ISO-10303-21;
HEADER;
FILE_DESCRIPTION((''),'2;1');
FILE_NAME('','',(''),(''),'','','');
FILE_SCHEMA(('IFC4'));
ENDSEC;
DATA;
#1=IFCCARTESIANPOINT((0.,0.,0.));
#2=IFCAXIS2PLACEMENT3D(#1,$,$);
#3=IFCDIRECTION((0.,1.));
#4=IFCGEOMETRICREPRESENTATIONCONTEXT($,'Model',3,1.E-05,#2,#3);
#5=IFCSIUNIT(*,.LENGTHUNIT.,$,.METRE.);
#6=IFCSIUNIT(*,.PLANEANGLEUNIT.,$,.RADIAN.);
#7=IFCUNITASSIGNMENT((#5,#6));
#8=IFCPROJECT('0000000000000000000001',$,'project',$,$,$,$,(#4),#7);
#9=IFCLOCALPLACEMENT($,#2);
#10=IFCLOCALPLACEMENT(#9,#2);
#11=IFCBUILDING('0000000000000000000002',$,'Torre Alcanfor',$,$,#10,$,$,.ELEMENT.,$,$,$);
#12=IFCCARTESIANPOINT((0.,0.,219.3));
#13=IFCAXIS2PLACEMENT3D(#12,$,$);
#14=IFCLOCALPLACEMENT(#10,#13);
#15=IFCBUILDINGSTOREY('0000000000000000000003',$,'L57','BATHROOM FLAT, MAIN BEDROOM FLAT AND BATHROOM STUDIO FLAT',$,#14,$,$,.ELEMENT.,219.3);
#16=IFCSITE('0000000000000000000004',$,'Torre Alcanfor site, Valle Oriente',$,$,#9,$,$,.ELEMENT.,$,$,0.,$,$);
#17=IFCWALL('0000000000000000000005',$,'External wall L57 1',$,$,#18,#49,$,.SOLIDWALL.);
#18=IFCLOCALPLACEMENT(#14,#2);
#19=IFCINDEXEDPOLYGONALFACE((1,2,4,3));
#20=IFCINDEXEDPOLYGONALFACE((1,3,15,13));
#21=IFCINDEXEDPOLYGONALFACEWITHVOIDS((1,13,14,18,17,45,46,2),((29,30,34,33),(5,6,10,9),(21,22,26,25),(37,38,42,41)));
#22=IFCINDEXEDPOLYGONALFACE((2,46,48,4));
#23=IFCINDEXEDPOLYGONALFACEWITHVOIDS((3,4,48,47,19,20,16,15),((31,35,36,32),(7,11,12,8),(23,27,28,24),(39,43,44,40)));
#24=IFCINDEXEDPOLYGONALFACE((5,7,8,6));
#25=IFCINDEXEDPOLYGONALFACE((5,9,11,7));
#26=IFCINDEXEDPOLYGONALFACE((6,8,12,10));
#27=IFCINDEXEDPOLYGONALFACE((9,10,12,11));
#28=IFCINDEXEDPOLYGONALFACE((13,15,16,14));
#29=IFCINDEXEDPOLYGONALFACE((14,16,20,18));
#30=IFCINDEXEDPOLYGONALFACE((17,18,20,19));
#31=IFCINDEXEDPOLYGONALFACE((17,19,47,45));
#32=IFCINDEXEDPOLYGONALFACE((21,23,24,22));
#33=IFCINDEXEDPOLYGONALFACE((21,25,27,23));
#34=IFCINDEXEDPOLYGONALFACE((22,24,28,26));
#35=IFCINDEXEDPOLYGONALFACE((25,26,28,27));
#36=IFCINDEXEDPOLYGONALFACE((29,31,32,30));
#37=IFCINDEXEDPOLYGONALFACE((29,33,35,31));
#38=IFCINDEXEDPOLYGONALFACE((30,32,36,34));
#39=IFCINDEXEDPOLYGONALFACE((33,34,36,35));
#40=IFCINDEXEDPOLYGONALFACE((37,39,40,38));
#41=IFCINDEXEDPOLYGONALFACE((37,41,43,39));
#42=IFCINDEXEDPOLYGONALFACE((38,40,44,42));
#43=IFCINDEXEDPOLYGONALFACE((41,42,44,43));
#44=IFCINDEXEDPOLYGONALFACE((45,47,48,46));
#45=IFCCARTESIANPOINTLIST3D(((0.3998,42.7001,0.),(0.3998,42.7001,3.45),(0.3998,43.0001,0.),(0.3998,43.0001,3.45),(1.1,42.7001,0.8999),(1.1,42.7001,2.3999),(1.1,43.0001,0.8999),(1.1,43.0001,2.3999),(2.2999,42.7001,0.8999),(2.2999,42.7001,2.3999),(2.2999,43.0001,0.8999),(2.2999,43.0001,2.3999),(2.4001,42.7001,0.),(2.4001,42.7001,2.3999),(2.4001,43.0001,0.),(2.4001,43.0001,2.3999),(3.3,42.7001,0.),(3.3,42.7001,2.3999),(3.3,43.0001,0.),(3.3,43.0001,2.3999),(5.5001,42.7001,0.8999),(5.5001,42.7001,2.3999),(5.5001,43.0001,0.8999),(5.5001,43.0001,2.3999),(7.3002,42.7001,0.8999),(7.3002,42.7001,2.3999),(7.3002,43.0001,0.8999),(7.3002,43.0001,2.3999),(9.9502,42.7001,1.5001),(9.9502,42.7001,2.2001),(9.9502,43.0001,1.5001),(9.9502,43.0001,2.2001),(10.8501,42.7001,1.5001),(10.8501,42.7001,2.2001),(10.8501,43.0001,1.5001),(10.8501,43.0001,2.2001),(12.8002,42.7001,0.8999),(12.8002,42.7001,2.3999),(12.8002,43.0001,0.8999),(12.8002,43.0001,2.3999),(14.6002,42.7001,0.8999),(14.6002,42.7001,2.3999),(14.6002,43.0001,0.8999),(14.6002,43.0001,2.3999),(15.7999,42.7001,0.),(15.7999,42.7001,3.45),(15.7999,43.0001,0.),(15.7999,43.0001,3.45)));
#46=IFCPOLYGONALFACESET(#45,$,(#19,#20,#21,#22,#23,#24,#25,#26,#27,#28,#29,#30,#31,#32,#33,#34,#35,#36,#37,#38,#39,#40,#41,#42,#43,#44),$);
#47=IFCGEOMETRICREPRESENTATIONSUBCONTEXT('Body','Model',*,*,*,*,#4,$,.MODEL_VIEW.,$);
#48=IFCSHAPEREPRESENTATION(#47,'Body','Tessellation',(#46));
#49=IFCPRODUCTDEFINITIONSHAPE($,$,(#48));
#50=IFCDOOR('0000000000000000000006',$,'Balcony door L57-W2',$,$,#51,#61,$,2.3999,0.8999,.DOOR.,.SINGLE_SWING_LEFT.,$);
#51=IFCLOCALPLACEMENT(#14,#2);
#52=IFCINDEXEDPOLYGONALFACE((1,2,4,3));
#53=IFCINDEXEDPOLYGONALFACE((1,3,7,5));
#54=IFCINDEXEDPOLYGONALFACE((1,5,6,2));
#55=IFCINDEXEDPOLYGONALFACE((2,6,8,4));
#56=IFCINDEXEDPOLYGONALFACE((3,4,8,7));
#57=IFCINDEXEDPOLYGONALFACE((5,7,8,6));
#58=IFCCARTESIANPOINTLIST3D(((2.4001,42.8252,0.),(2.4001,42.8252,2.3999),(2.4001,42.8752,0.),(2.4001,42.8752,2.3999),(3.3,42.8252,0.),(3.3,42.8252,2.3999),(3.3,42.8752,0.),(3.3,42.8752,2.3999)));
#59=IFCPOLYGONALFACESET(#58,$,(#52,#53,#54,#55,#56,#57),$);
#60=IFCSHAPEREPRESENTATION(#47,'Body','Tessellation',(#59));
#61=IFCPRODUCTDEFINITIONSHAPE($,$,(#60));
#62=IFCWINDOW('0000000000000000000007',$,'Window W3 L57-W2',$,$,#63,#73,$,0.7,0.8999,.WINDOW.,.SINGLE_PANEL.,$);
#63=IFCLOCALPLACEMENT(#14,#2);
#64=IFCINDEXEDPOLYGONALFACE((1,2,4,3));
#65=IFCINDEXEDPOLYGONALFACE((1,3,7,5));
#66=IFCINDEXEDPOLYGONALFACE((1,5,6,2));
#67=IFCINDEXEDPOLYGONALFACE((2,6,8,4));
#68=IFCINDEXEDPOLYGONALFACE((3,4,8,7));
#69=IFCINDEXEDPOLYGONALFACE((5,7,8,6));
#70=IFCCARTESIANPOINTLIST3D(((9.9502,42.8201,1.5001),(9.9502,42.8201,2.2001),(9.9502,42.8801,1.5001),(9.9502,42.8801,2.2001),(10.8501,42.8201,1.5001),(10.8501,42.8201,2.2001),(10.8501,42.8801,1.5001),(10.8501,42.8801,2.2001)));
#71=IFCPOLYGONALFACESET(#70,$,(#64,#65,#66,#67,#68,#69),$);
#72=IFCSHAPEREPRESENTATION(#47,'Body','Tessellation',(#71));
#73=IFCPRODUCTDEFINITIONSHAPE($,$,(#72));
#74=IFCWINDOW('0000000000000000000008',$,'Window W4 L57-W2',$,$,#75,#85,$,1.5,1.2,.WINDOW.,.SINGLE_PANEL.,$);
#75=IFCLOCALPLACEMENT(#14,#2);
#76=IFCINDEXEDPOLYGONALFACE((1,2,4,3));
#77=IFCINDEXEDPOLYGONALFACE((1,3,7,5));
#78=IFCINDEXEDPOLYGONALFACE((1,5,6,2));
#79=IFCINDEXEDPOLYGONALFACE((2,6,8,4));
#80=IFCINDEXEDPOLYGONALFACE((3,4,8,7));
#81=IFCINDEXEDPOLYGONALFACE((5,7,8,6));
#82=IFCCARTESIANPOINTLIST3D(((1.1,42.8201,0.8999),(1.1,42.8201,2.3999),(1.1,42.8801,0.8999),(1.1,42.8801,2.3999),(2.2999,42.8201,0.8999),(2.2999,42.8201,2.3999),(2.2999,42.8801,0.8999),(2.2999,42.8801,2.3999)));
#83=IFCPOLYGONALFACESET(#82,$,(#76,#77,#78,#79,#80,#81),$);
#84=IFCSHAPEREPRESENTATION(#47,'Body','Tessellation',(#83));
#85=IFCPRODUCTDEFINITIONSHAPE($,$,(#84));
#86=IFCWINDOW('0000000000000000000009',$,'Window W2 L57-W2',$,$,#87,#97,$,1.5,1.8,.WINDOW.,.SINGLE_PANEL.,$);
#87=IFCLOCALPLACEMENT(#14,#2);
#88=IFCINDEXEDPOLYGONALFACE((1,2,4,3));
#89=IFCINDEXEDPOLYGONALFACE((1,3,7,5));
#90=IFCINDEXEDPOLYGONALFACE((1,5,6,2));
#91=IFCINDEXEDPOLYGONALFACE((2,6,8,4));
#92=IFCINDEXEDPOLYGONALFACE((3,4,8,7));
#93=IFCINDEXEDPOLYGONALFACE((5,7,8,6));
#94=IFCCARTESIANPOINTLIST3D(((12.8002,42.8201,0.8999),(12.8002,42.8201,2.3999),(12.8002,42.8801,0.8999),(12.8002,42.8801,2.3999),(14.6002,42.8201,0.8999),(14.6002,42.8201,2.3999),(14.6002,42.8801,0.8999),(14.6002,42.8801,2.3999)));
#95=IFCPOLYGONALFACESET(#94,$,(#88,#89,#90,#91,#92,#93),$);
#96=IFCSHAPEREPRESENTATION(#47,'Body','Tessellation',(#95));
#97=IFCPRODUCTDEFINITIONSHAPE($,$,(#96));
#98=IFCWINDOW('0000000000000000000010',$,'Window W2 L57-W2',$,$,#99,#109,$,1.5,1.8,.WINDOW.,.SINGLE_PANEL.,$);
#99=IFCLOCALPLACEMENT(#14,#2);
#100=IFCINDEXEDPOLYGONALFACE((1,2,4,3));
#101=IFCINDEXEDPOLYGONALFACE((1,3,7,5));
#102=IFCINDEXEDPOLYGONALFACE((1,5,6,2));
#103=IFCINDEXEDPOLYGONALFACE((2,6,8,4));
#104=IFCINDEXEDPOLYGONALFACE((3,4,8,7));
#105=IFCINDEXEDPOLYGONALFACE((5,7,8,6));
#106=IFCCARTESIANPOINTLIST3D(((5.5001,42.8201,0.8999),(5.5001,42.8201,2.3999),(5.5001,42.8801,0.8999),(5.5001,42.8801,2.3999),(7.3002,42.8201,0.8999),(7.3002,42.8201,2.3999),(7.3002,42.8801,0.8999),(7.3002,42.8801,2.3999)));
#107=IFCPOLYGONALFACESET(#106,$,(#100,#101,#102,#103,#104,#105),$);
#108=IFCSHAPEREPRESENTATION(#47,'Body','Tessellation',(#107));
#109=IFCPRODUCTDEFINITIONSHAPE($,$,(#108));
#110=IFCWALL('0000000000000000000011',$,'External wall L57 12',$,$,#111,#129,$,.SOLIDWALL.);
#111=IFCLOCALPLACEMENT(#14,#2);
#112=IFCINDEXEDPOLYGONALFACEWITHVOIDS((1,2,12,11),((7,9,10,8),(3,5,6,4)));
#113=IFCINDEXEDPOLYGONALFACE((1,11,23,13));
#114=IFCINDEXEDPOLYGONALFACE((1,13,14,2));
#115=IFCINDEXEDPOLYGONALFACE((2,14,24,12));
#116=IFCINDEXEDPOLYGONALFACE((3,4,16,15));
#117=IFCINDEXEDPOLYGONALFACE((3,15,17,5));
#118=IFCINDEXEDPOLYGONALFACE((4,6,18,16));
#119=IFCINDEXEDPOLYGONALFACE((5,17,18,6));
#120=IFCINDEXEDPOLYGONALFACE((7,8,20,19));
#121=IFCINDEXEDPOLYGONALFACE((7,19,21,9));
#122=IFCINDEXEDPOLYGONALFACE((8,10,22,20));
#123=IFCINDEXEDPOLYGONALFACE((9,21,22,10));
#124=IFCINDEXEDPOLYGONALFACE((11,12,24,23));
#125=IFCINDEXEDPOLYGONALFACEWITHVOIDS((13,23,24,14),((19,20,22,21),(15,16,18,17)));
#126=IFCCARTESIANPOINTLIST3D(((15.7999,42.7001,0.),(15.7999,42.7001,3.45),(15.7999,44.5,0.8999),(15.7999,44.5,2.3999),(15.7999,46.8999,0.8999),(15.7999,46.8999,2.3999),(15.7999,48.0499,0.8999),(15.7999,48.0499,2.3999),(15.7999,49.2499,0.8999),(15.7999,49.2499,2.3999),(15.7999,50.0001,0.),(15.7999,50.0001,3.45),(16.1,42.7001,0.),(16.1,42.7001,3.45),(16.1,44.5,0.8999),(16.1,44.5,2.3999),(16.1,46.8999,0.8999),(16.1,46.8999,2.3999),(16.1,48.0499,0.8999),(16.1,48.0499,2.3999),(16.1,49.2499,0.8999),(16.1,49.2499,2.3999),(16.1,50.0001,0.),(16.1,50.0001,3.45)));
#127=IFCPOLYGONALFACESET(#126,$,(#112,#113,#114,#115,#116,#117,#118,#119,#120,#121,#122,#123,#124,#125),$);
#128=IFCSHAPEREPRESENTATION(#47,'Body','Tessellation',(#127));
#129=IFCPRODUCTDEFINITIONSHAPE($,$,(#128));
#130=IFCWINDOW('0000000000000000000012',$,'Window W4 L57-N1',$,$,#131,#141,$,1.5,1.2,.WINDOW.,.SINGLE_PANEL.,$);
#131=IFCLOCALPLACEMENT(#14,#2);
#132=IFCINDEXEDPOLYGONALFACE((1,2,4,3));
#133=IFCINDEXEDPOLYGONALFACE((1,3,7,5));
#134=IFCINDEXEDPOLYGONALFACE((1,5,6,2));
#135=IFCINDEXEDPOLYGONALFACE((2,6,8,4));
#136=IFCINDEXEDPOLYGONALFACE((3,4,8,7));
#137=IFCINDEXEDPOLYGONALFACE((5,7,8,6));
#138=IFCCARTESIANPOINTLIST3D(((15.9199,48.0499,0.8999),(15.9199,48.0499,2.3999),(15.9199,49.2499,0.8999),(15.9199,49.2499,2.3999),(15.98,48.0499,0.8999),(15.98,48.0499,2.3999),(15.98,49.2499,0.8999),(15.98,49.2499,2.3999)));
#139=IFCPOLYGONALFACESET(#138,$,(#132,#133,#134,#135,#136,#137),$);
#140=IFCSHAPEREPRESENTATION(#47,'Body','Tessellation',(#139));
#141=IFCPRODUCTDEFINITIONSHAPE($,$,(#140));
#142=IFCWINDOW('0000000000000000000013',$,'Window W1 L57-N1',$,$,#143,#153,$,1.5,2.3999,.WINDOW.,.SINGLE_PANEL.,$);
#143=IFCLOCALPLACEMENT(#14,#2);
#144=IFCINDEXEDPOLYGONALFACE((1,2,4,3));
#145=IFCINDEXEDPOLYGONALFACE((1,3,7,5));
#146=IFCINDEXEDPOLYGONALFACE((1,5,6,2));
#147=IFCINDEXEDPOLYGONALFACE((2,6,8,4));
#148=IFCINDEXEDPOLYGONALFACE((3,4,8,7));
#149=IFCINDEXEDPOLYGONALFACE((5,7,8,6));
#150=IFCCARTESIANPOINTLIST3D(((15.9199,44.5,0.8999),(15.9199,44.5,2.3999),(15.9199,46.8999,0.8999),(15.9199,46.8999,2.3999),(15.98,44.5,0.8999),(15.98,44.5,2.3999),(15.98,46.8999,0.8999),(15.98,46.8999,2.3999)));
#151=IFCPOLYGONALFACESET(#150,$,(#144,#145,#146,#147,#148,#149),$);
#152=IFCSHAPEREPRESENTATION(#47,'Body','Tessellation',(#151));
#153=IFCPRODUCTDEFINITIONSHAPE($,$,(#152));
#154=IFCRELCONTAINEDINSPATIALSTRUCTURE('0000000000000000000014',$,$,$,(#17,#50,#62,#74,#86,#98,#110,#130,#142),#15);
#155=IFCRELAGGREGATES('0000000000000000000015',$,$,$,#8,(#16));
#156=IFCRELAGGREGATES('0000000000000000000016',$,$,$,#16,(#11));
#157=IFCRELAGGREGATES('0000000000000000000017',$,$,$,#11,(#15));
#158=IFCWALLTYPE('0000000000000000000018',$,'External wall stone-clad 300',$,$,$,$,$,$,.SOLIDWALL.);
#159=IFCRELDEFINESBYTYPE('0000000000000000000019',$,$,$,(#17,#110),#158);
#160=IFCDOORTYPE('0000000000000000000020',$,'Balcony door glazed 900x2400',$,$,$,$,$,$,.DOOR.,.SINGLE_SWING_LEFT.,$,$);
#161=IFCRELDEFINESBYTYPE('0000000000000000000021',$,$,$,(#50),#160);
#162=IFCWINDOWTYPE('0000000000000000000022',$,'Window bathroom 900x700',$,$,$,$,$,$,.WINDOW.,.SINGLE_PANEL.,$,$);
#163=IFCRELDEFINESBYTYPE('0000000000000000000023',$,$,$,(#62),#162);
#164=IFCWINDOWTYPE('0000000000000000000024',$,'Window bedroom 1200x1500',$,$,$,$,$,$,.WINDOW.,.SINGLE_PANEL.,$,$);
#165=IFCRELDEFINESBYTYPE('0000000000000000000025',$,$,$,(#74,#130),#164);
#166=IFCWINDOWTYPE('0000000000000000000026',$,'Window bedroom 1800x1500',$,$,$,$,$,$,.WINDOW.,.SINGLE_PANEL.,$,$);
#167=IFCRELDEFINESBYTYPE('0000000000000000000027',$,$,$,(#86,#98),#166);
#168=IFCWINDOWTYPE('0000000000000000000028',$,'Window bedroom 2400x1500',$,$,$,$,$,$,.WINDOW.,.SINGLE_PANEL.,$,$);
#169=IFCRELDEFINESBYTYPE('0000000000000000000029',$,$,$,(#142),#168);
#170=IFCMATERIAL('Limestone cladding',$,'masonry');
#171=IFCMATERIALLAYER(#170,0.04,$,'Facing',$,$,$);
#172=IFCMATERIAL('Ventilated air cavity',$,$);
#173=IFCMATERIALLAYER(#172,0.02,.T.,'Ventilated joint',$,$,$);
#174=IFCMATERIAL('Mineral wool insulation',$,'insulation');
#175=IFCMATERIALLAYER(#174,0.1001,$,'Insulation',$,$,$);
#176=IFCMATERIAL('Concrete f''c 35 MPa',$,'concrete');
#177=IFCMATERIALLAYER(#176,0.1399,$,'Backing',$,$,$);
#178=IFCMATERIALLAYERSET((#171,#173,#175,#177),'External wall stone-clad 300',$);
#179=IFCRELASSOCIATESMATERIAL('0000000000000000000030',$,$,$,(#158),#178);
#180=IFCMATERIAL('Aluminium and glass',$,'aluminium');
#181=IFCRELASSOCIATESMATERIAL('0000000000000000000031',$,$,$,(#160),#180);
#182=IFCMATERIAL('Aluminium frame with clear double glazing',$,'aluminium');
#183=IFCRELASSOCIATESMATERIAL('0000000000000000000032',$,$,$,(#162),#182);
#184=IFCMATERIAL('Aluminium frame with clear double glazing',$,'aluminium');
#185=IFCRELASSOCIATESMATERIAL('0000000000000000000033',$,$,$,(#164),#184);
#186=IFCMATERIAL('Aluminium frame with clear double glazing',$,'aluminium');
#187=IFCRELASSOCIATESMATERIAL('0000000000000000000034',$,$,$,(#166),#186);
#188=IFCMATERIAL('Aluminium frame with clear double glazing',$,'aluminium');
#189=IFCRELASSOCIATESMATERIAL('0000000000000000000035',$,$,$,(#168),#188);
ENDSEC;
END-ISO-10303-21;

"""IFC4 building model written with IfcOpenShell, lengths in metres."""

from ifc_helpers import new_model, si_unit, direction, frame, frame_2d, origin, place, context, subcontext, project, spatial, rectangle, extrude, material, layer, layer_set, type_object, element, fill, save


model = new_model("IFC4")

# Units and contexts
model_context = context("Model", 3, precision=1e-05, world=origin(), true_north=direction((0.0, 1.0)))
body_context = subcontext(model_context, "Body", "Model", "MODEL_VIEW")
ifc_project = project(units=[si_unit("LENGTHUNIT", "METRE"), si_unit("PLANEANGLEUNIT", "RADIAN")], contexts=[model_context])

# Site, building, storey
site_placement = place(None, origin())
site = spatial("IfcSite", under=ifc_project, at=site_placement, Name="Torre Alcanfor site, Valle Oriente", CompositionType="ELEMENT", RefElevation=0.0)
building_placement = place(site_placement, origin())
building = spatial("IfcBuilding", under=site, at=building_placement, Name="Torre Alcanfor", CompositionType="ELEMENT")
storey_placement = place(building_placement, frame((0.0, 0.0, 219.3)))
storey = spatial("IfcBuildingStorey", under=building, at=storey_placement, Name="L57", Description="BATHROOM FLAT, MAIN BEDROOM FLAT AND BATHROOM STUDIO FLAT", CompositionType="ELEMENT", Elevation=219.3)

# Wall, openings, door, windows
ifc_material_1 = material(Name="Limestone cladding", Category="masonry")
ifc_layer_1 = layer(ifc_material_1, 0.04, Name="Facing")
ifc_material_2 = material(Name="Ventilated air cavity")
ifc_layer_2 = layer(ifc_material_2, 0.02, ventilated=True, Name="Ventilated joint")
ifc_material_3 = material(Name="Mineral wool insulation", Category="insulation")
ifc_layer_3 = layer(ifc_material_3, 0.1001, Name="Insulation")
ifc_material_4 = material(Name="Concrete f'c 35 MPa", Category="concrete")
ifc_layer_4 = layer(ifc_material_4, 0.1399, Name="Backing")
ifc_layer_set_1 = layer_set([ifc_layer_1, ifc_layer_2, ifc_layer_3, ifc_layer_4], Name="External wall stone-clad 300")
wall_type_1 = type_object("IfcWallType", Name="External wall stone-clad 300", PredefinedType="SOLIDWALL", material=ifc_layer_set_1)
wall_1_placement = place(storey_placement, frame((15.8, 42.8501, 0.0), z_axis=(0.0, 0.0, 1.0), x_axis=(-1.0, 0.0, 0.0)))
wall_1 = element("IfcWall", 1, at=wall_1_placement, inside=storey, type_object=wall_type_1, Name="External wall L57 1", PredefinedType="SOLIDWALL", context=body_context, shape_type="SweptSolid", body=[
    extrude(rectangle(XDim=15.4001, YDim=0.3, at=frame_2d((7.7002, 0.0))), origin(), (0.0, 0.0, 1.0), 3.45),
])
opening_1_placement = place(wall_1_placement, frame((1.2, 0.0, 0.8999)))
opening_1 = element("IfcOpeningElement", 2, at=opening_1_placement, cuts=wall_1, PredefinedType="OPENING", context=body_context, shape_type="SweptSolid", body=[
    extrude(rectangle(XDim=1.8, YDim=1.5, at=frame_2d((0.8999, 0.75))), frame((0.0, 0.1599, 0.0), z_axis=(0.0, -1.0, 0.0), x_axis=(1.0, 0.0, 0.0)), (0.0, 0.0, 1.0), 0.3201),
])
opening_2_placement = place(wall_1_placement, frame((4.95, 0.0, 1.5)))
opening_2 = element("IfcOpeningElement", 3, at=opening_2_placement, cuts=wall_1, PredefinedType="OPENING", context=body_context, shape_type="SweptSolid", body=[
    extrude(rectangle(XDim=0.8999, YDim=0.7, at=frame_2d((0.45, 0.3501))), frame((0.0, 0.1599, 0.0), z_axis=(0.0, -1.0, 0.0), x_axis=(1.0, 0.0, 0.0)), (0.0, 0.0, 1.0), 0.3201),
])
opening_3_placement = place(wall_1_placement, frame((8.5, 0.0, 0.8999)))
opening_3 = element("IfcOpeningElement", 4, at=opening_3_placement, cuts=wall_1, PredefinedType="OPENING", context=body_context, shape_type="SweptSolid", body=[
    extrude(rectangle(XDim=1.8, YDim=1.5, at=frame_2d((0.8999, 0.75))), frame((0.0, 0.1599, 0.0), z_axis=(0.0, -1.0, 0.0), x_axis=(1.0, 0.0, 0.0)), (0.0, 0.0, 1.0), 0.3201),
])
opening_4_placement = place(wall_1_placement, frame((12.5, 0.0, 0.0)))
opening_4 = element("IfcOpeningElement", 5, at=opening_4_placement, cuts=wall_1, PredefinedType="OPENING", context=body_context, shape_type="SweptSolid", body=[
    extrude(rectangle(XDim=0.8999, YDim=2.3999, at=frame_2d((0.45, 1.2))), frame((0.0, 0.1599, 0.0), z_axis=(0.0, -1.0, 0.0), x_axis=(1.0, 0.0, 0.0)), (0.0, 0.0, 1.0), 0.3201),
])
opening_5_placement = place(wall_1_placement, frame((13.5, 0.0, 0.8999)))
opening_5 = element("IfcOpeningElement", 6, at=opening_5_placement, cuts=wall_1, PredefinedType="OPENING", context=body_context, shape_type="SweptSolid", body=[
    extrude(rectangle(XDim=1.2, YDim=1.5, at=frame_2d((0.6001, 0.75))), frame((0.0, 0.1599, 0.0), z_axis=(0.0, -1.0, 0.0), x_axis=(1.0, 0.0, 0.0)), (0.0, 0.0, 1.0), 0.3201),
])
ifc_material_5 = material(Name="Aluminium and glass", Category="aluminium")
door_type_1 = type_object("IfcDoorType", Name="Balcony door glazed 900x2400", OperationType="SINGLE_SWING_LEFT", PredefinedType="DOOR", material=ifc_material_5)
door_1_placement = place(opening_4_placement, origin())
door_1 = element("IfcDoor", 7, at=door_1_placement, inside=storey, type_object=door_type_1, Name="Balcony door L57-W2", OperationType="SINGLE_SWING_LEFT", OverallHeight=2.3999, OverallWidth=0.8999, PredefinedType="DOOR", context=body_context, shape_type="SweptSolid", body=[
    extrude(rectangle(XDim=0.8999, YDim=2.3999, at=frame_2d((0.45, 1.2))), frame((0.0, 0.0249, 0.0), z_axis=(0.0, -1.0, 0.0), x_axis=(1.0, 0.0, 0.0)), (0.0, 0.0, 1.0), 0.05),
])
fill(opening_4, door_1)
ifc_material_6 = material(Name="Aluminium frame with clear double glazing", Category="aluminium")
window_type_1 = type_object("IfcWindowType", Name="Window bathroom 900x700", PartitioningType="SINGLE_PANEL", PredefinedType="WINDOW", material=ifc_material_6)
window_1_placement = place(opening_2_placement, origin())
window_1 = element("IfcWindow", 8, at=window_1_placement, inside=storey, type_object=window_type_1, Name="Window W3 L57-W2", OverallHeight=0.7, OverallWidth=0.8999, PartitioningType="SINGLE_PANEL", PredefinedType="WINDOW", context=body_context, shape_type="SweptSolid", body=[
    extrude(rectangle(XDim=0.8999, YDim=0.7, at=frame_2d((0.45, 0.3501))), frame((0.0, 0.03, 0.0), z_axis=(0.0, -1.0, 0.0), x_axis=(1.0, 0.0, 0.0)), (0.0, 0.0, 1.0), 0.0601),
])
fill(opening_2, window_1)
ifc_material_7 = material(Name="Aluminium frame with clear double glazing", Category="aluminium")
window_type_2 = type_object("IfcWindowType", Name="Window bedroom 1200x1500", PartitioningType="SINGLE_PANEL", PredefinedType="WINDOW", material=ifc_material_7)
window_2_placement = place(opening_5_placement, origin())
window_2 = element("IfcWindow", 9, at=window_2_placement, inside=storey, type_object=window_type_2, Name="Window W4 L57-W2", OverallHeight=1.5, OverallWidth=1.2, PartitioningType="SINGLE_PANEL", PredefinedType="WINDOW", context=body_context, shape_type="SweptSolid", body=[
    extrude(rectangle(XDim=1.2, YDim=1.5, at=frame_2d((0.6001, 0.75))), frame((0.0, 0.03, 0.0), z_axis=(0.0, -1.0, 0.0), x_axis=(1.0, 0.0, 0.0)), (0.0, 0.0, 1.0), 0.0601),
])
fill(opening_5, window_2)
ifc_material_8 = material(Name="Aluminium frame with clear double glazing", Category="aluminium")
window_type_3 = type_object("IfcWindowType", Name="Window bedroom 1800x1500", PartitioningType="SINGLE_PANEL", PredefinedType="WINDOW", material=ifc_material_8)
window_3_placement = place(opening_1_placement, origin())
window_3 = element("IfcWindow", 10, at=window_3_placement, inside=storey, type_object=window_type_3, Name="Window W2 L57-W2", OverallHeight=1.5, OverallWidth=1.8, PartitioningType="SINGLE_PANEL", PredefinedType="WINDOW", context=body_context, shape_type="SweptSolid", body=[
    extrude(rectangle(XDim=1.8, YDim=1.5, at=frame_2d((0.8999, 0.75))), frame((0.0, 0.03, 0.0), z_axis=(0.0, -1.0, 0.0), x_axis=(1.0, 0.0, 0.0)), (0.0, 0.0, 1.0), 0.0601),
])
fill(opening_1, window_3)
window_4_placement = place(opening_3_placement, origin())
window_4 = element("IfcWindow", 11, at=window_4_placement, inside=storey, type_object=window_type_3, Name="Window W2 L57-W2", OverallHeight=1.5, OverallWidth=1.8, PartitioningType="SINGLE_PANEL", PredefinedType="WINDOW", context=body_context, shape_type="SweptSolid", body=[
    extrude(rectangle(XDim=1.8, YDim=1.5, at=frame_2d((0.8999, 0.75))), frame((0.0, 0.03, 0.0), z_axis=(0.0, -1.0, 0.0), x_axis=(1.0, 0.0, 0.0)), (0.0, 0.0, 1.0), 0.0601),
])
fill(opening_3, window_4)

# Wall, openings, windows
wall_2_placement = place(storey_placement, frame((15.95, 50.0, 0.0), z_axis=(0.0, 0.0, 1.0), x_axis=(0.0, -1.0, 0.0)))
wall_2 = element("IfcWall", 12, at=wall_2_placement, inside=storey, type_object=wall_type_1, Name="External wall L57 12", PredefinedType="SOLIDWALL", context=body_context, shape_type="SweptSolid", body=[
    extrude(rectangle(XDim=7.3, YDim=0.3, at=frame_2d((3.6499, 0.0))), origin(), (0.0, 0.0, 1.0), 3.45),
])
opening_6_placement = place(wall_2_placement, frame((3.1001, 0.0, 0.8999)))
opening_6 = element("IfcOpeningElement", 13, at=opening_6_placement, cuts=wall_2, PredefinedType="OPENING", context=body_context, shape_type="SweptSolid", body=[
    extrude(rectangle(XDim=2.3999, YDim=1.5, at=frame_2d((1.2, 0.75))), frame((0.0, 0.1599, 0.0), z_axis=(0.0, -1.0, 0.0), x_axis=(1.0, 0.0, 0.0)), (0.0, 0.0, 1.0), 0.3201),
])
opening_7_placement = place(wall_2_placement, frame((0.75, 0.0, 0.8999)))
opening_7 = element("IfcOpeningElement", 14, at=opening_7_placement, cuts=wall_2, PredefinedType="OPENING", context=body_context, shape_type="SweptSolid", body=[
    extrude(rectangle(XDim=1.2, YDim=1.5, at=frame_2d((0.6001, 0.75))), frame((0.0, 0.1599, 0.0), z_axis=(0.0, -1.0, 0.0), x_axis=(1.0, 0.0, 0.0)), (0.0, 0.0, 1.0), 0.3201),
])
window_5_placement = place(opening_7_placement, origin())
window_5 = element("IfcWindow", 15, at=window_5_placement, inside=storey, type_object=window_type_2, Name="Window W4 L57-N1", OverallHeight=1.5, OverallWidth=1.2, PartitioningType="SINGLE_PANEL", PredefinedType="WINDOW", context=body_context, shape_type="SweptSolid", body=[
    extrude(rectangle(XDim=1.2, YDim=1.5, at=frame_2d((0.6001, 0.75))), frame((0.0, 0.03, 0.0), z_axis=(0.0, -1.0, 0.0), x_axis=(1.0, 0.0, 0.0)), (0.0, 0.0, 1.0), 0.0601),
])
fill(opening_7, window_5)
ifc_material_9 = material(Name="Aluminium frame with clear double glazing", Category="aluminium")
window_type_4 = type_object("IfcWindowType", Name="Window bedroom 2400x1500", PartitioningType="SINGLE_PANEL", PredefinedType="WINDOW", material=ifc_material_9)
window_6_placement = place(opening_6_placement, origin())
window_6 = element("IfcWindow", 16, at=window_6_placement, inside=storey, type_object=window_type_4, Name="Window W1 L57-N1", OverallHeight=1.5, OverallWidth=2.3999, PartitioningType="SINGLE_PANEL", PredefinedType="WINDOW", context=body_context, shape_type="SweptSolid", body=[
    extrude(rectangle(XDim=2.3999, YDim=1.5, at=frame_2d((1.2, 0.75))), frame((0.0, 0.03, 0.0), z_axis=(0.0, -1.0, 0.0), x_axis=(1.0, 0.0, 0.0)), (0.0, 0.0, 1.0), 0.0601),
])
fill(opening_6, window_6)

save(model, "model.ifc")
